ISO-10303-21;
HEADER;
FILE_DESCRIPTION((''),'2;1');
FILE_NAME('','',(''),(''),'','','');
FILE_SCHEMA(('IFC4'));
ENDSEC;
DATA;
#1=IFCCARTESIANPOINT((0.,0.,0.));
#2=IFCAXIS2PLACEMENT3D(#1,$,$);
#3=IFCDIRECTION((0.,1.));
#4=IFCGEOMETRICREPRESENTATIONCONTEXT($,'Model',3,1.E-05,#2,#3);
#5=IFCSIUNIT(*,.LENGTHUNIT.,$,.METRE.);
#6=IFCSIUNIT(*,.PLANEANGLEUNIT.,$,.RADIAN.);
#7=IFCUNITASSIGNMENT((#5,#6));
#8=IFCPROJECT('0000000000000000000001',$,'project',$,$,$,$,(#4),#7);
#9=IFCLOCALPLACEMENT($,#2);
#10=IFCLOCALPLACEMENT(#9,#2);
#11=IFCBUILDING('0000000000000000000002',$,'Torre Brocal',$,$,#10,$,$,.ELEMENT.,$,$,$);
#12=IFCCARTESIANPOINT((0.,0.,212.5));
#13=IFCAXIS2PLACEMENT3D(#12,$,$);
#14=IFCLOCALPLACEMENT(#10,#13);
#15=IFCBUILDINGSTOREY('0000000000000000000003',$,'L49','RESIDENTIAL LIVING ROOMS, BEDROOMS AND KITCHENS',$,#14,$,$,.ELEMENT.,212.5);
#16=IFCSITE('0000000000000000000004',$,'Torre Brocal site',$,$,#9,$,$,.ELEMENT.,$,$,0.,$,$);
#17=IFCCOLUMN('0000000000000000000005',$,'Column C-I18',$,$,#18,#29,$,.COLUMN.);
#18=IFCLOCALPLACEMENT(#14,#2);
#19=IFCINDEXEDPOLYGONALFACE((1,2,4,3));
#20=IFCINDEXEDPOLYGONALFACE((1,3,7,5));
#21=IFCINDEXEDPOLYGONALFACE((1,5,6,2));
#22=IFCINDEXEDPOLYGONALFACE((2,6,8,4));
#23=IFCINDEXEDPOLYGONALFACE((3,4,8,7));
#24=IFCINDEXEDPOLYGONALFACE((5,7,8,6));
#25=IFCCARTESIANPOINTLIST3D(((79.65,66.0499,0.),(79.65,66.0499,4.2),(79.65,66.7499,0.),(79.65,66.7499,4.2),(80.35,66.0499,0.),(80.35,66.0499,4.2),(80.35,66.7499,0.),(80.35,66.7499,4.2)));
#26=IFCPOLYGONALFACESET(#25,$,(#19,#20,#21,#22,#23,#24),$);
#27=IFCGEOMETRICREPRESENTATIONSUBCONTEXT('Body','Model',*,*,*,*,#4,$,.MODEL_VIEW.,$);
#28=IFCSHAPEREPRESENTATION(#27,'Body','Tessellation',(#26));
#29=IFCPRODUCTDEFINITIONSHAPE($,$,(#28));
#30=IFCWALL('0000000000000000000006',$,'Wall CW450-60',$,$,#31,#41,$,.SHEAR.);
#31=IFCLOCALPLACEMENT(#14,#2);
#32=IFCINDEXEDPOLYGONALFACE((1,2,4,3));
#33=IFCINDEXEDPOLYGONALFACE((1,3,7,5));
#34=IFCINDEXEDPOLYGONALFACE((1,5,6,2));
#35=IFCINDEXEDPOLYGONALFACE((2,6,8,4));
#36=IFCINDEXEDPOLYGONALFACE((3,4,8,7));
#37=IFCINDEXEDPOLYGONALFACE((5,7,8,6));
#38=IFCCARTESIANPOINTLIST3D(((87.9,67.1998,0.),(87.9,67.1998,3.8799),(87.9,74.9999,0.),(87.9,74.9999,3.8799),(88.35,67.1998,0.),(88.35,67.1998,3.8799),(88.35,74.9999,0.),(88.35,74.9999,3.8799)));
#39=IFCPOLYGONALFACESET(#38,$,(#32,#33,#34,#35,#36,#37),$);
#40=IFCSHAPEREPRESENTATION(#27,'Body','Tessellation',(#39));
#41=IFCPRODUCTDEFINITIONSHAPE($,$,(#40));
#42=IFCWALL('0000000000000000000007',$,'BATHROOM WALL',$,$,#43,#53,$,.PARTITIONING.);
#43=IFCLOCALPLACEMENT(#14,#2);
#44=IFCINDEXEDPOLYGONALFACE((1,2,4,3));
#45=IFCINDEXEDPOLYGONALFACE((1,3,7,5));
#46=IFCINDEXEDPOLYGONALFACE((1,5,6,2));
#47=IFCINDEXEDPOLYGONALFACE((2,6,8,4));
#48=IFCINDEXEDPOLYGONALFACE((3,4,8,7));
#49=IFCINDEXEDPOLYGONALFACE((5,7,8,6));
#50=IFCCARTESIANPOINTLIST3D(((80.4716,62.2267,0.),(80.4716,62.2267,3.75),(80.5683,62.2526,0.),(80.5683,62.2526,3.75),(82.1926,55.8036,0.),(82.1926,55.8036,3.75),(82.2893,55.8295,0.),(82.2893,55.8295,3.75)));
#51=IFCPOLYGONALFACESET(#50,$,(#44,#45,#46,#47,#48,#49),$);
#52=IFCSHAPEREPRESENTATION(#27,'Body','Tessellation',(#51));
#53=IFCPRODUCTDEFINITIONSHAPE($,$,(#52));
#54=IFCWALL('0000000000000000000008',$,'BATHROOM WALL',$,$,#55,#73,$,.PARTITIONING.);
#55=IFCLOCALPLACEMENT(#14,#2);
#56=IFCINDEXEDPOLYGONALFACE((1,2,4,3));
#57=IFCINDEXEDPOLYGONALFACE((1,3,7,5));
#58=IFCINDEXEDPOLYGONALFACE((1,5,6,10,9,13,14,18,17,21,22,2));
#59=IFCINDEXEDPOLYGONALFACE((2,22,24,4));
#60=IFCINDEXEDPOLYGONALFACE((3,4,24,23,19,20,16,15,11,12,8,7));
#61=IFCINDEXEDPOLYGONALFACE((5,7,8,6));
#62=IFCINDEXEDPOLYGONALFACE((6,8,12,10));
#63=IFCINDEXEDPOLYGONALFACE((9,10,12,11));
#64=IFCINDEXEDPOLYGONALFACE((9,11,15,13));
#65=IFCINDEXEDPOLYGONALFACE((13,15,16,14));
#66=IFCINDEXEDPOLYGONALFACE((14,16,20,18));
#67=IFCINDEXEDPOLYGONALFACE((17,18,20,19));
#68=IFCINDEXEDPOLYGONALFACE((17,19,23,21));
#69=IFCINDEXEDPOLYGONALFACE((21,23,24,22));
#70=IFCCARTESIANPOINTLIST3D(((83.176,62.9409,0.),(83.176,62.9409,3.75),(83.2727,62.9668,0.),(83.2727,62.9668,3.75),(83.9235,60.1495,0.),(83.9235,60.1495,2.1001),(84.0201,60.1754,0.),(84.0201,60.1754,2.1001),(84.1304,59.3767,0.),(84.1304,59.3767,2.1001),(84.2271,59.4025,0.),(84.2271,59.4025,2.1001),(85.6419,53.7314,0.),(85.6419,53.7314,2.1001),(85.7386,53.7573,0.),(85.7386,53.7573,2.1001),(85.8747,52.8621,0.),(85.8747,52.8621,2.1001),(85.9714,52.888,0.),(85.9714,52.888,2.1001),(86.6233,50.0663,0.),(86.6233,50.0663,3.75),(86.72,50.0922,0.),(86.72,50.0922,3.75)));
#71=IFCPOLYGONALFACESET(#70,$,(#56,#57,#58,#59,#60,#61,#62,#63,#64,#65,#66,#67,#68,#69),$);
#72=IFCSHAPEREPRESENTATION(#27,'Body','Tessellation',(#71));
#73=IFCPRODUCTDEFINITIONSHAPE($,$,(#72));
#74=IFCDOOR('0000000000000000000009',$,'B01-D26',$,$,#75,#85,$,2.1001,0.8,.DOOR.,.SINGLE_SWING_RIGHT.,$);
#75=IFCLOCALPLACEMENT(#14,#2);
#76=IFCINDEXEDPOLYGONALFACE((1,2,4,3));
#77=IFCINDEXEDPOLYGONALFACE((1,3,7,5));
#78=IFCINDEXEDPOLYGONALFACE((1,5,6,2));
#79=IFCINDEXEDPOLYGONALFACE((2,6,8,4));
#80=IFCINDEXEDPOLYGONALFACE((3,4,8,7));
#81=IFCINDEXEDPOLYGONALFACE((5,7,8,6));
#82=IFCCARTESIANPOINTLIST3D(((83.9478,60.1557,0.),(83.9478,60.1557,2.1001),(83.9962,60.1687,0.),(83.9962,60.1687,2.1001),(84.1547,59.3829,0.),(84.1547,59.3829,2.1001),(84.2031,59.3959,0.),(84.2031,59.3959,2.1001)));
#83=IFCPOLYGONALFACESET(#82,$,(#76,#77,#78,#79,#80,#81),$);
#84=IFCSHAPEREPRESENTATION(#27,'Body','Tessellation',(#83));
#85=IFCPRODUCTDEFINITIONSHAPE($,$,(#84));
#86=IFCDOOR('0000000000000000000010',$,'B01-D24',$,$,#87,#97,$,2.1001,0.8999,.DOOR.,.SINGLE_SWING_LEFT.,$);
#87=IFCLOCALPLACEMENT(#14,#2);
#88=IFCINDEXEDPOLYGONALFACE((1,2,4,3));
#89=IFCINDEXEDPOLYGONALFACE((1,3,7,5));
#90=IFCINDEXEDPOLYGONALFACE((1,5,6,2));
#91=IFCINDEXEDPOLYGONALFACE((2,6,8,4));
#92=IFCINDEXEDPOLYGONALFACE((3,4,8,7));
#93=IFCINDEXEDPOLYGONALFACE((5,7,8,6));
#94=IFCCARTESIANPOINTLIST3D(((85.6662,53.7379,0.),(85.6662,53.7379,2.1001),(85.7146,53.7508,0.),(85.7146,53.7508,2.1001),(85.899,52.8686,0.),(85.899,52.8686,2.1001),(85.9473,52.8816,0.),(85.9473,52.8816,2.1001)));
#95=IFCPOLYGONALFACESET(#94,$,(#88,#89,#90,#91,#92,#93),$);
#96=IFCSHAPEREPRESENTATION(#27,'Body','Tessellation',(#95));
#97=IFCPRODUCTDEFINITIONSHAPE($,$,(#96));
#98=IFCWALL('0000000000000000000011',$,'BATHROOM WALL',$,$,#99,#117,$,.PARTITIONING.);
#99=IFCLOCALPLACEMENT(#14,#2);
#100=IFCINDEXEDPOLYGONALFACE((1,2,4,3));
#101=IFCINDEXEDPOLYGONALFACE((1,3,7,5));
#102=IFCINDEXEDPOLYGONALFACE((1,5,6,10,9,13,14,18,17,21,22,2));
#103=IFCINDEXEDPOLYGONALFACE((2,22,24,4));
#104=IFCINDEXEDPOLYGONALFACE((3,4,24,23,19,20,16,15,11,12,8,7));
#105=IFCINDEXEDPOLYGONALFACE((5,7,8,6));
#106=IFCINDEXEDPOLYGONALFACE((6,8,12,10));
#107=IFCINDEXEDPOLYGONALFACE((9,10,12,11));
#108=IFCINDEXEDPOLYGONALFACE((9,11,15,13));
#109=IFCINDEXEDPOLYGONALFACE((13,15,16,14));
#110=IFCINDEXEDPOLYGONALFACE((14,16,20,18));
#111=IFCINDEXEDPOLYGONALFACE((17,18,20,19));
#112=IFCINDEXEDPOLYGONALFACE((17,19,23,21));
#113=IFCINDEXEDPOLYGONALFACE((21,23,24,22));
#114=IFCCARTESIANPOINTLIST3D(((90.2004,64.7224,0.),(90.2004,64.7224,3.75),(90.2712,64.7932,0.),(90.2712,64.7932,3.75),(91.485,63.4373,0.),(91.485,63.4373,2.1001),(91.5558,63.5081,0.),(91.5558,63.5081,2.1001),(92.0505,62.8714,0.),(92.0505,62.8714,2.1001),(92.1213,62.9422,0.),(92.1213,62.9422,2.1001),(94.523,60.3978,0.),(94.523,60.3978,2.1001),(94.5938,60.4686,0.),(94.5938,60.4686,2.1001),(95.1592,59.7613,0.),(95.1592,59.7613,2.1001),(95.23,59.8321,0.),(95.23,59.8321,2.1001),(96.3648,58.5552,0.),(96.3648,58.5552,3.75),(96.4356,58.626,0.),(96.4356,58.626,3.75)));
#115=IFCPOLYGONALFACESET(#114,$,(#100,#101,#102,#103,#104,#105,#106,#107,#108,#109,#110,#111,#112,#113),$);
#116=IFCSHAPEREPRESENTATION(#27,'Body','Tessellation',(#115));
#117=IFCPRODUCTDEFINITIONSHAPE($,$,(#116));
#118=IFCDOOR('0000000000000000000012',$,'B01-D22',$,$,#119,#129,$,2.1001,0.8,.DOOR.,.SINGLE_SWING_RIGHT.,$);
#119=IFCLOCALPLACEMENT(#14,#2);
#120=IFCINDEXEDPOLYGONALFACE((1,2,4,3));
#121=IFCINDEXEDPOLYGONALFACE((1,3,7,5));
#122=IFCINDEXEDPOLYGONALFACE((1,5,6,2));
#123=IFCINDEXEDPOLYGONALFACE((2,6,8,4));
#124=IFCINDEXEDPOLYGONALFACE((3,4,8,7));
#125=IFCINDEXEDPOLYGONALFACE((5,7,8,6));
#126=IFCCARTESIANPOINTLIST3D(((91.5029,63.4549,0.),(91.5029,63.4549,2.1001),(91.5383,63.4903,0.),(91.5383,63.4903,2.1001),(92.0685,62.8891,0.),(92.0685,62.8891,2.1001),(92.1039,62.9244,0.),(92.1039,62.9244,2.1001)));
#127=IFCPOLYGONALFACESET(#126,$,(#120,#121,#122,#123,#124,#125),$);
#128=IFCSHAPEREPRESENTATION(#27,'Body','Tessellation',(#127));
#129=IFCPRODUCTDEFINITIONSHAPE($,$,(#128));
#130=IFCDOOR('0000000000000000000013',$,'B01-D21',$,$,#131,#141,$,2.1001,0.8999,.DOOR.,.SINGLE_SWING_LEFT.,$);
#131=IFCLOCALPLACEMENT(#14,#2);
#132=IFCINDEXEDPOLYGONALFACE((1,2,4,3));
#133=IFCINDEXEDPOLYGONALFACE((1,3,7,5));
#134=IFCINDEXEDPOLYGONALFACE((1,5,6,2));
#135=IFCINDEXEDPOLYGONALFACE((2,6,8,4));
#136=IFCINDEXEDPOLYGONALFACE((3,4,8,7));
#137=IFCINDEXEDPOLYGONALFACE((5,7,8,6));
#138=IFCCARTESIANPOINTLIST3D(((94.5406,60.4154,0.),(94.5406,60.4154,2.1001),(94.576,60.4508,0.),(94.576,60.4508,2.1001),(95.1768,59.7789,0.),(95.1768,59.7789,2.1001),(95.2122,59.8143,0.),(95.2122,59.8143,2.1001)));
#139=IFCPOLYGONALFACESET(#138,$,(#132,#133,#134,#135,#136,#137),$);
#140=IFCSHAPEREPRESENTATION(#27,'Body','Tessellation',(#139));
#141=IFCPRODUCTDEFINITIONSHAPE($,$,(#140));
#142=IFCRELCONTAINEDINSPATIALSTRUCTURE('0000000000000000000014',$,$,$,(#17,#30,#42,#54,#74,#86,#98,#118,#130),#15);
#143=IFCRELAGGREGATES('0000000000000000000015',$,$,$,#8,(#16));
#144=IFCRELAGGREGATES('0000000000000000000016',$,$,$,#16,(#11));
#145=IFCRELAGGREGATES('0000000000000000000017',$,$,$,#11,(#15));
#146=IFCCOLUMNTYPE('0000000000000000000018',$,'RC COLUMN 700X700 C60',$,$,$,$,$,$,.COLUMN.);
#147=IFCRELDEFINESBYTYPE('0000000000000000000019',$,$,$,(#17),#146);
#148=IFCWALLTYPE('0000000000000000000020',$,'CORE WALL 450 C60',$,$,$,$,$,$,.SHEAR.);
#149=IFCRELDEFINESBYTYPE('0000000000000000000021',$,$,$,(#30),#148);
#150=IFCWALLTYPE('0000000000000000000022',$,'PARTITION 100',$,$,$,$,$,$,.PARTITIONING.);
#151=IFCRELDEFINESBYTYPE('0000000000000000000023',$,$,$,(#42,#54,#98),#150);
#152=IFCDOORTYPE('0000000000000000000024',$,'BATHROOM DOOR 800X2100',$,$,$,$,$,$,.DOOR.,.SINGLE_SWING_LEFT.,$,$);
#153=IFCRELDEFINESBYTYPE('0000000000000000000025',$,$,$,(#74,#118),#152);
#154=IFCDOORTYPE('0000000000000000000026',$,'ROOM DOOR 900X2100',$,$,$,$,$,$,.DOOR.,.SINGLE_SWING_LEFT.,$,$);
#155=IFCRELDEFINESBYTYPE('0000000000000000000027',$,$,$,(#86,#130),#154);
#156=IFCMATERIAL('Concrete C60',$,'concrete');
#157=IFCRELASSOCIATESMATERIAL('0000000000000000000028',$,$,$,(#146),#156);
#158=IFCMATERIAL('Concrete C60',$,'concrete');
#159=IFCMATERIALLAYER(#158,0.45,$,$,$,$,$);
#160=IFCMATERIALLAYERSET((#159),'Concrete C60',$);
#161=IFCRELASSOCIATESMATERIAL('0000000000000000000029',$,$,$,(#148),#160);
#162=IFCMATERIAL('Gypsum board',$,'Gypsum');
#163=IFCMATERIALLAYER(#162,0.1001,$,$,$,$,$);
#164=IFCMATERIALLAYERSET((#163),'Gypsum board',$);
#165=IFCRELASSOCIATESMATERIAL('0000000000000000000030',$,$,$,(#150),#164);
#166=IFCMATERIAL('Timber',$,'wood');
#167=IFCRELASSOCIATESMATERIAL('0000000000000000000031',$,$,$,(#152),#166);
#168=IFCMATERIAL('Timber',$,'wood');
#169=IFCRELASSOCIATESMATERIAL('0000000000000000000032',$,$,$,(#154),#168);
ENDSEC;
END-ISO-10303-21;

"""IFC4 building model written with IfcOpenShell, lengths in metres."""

from ifc_helpers import new_model, si_unit, direction, frame, frame_2d, origin, origin_2d, place, context, subcontext, project, spatial, rectangle, extrude, material, layer, layer_set, material_profile, profile_set, type_object, element, fill, save


model = new_model("IFC4")

# Units and contexts
model_context = context("Model", 3, precision=1e-05, world=origin(), true_north=direction((0.0, 1.0)))
body_context = subcontext(model_context, "Body", "Model", "MODEL_VIEW")
ifc_project = project(units=[si_unit("LENGTHUNIT", "METRE"), si_unit("PLANEANGLEUNIT", "RADIAN")], contexts=[model_context])

# Site, building, storey
site_placement = place(None, origin())
site = spatial("IfcSite", under=ifc_project, at=site_placement, Name="Torre Brocal site", CompositionType="ELEMENT", RefElevation=0.0)
building_placement = place(site_placement, origin())
building = spatial("IfcBuilding", under=site, at=building_placement, Name="Torre Brocal", CompositionType="ELEMENT")
storey_placement = place(building_placement, frame((0.0, 0.0, 212.5)))
storey = spatial("IfcBuildingStorey", under=building, at=storey_placement, Name="L49", Description="RESIDENTIAL LIVING ROOMS, BEDROOMS AND KITCHENS", CompositionType="ELEMENT", Elevation=212.5)

# Column
ifc_material_1 = material(Name="Concrete C60", Category="concrete")
ifc_material_profile = material_profile(ifc_material_1, rectangle(XDim=0.7, YDim=0.7, at=origin_2d()), Name="RC 700X700")
ifc_profile_set = profile_set([ifc_material_profile], Name="Concrete C60")
column_type = type_object("IfcColumnType", Name="RC COLUMN 700X700 C60", PredefinedType="COLUMN", material=ifc_profile_set)
column_placement = place(storey_placement, frame((80.0, 66.3999, 0.0), z_axis=(0.0, 0.0, 1.0), x_axis=(0.0, -1.0, 0.0)))
element("IfcColumn", 1, at=column_placement, inside=storey, type_object=column_type, Name="Column C-I18", PredefinedType="COLUMN", context=body_context, shape_type="SweptSolid", body=[
    extrude(rectangle(XDim=0.7, YDim=0.7, at=origin_2d()), origin(), (0.0, 0.0, 1.0), 4.2),
])

# Wall
ifc_material_2 = material(Name="Concrete C60", Category="concrete")
ifc_layer_1 = layer(ifc_material_2, 0.45)
ifc_layer_set_1 = layer_set([ifc_layer_1], Name="Concrete C60")
wall_type_1 = type_object("IfcWallType", Name="CORE WALL 450 C60", PredefinedType="SHEAR", material=ifc_layer_set_1)
wall_1_placement = place(storey_placement, frame((88.125, 67.2, 0.0), z_axis=(0.0, 0.0, 1.0), x_axis=(0.0, 1.0, 0.0)))
element("IfcWall", 2, at=wall_1_placement, inside=storey, type_object=wall_type_1, Name="Wall CW450-60", PredefinedType="SHEAR", context=body_context, shape_type="SweptSolid", body=[
    extrude(rectangle(XDim=7.8, YDim=0.45, at=frame_2d((3.8999, 0.0))), origin(), (0.0, 0.0, 1.0), 3.8799),
])

# Wall
ifc_material_3 = material(Name="Gypsum board", Category="Gypsum")
ifc_layer_2 = layer(ifc_material_3, 0.1001)
ifc_layer_set_2 = layer_set([ifc_layer_2], Name="Gypsum board")
wall_type_2 = type_object("IfcWallType", Name="PARTITION 100", PredefinedType="PARTITIONING", material=ifc_layer_set_2)
wall_2_placement = place(storey_placement, frame((80.52, 62.2395, 0.0), z_axis=(0.0, 0.0, 1.0), x_axis=(0.258803, -0.96593, 0.0)))
element("IfcWall", 3, at=wall_2_placement, inside=storey, type_object=wall_type_2, Name="BATHROOM WALL", PredefinedType="PARTITIONING", context=body_context, shape_type="SweptSolid", body=[
    extrude(rectangle(XDim=6.6497, YDim=0.1001, at=frame_2d((3.3247, 0.0))), origin(), (0.0, 0.0, 1.0), 3.75),
])

# Walls, openings, doors
wall_3_placement = place(storey_placement, frame((83.2244, 62.9539, 0.0), z_axis=(0.0, 0.0, 1.0), x_axis=(0.258648, -0.965972, 0.0)))
wall_3 = element("IfcWall", 4, at=wall_3_placement, inside=storey, type_object=wall_type_2, Name="BATHROOM WALL", PredefinedType="PARTITIONING", context=body_context, shape_type="SweptSolid", body=[
    extrude(rectangle(XDim=13.3281, YDim=0.1001, at=frame_2d((6.6641, 0.0))), origin(), (0.0, 0.0, 1.0), 3.75),
])
opening_1_placement = place(wall_3_placement, frame((9.5339, 0.0, 0.0)))
opening_1 = element("IfcOpeningElement", 5, at=opening_1_placement, cuts=wall_3, PredefinedType="OPENING", context=body_context, shape_type="SweptSolid", body=[
    extrude(rectangle(XDim=0.8999, YDim=2.1001, at=frame_2d((0.45, 1.05))), frame((0.0, 0.0601, 0.0), z_axis=(0.0, -1.0, 0.0), x_axis=(1.0, 0.0, 0.0)), (0.0, 0.0, 1.0), 0.1201),
])
opening_2_placement = place(wall_3_placement, frame((2.8899, 0.0, 0.0)))
opening_2 = element("IfcOpeningElement", 6, at=opening_2_placement, cuts=wall_3, PredefinedType="OPENING", context=body_context, shape_type="SweptSolid", body=[
    extrude(rectangle(XDim=0.8, YDim=2.1001, at=frame_2d((0.3999, 1.05))), frame((0.0, 0.0601, 0.0), z_axis=(0.0, -1.0, 0.0), x_axis=(1.0, 0.0, 0.0)), (0.0, 0.0, 1.0), 0.1201),
])
ifc_material_4 = material(Name="Timber", Category="wood")
door_type_1 = type_object("IfcDoorType", Name="BATHROOM DOOR 800X2100", OperationType="SINGLE_SWING_LEFT", PredefinedType="DOOR", material=ifc_material_4)
door_1_placement = place(opening_2_placement, frame((0.8, 0.0, 0.0), z_axis=(0.0, 0.0, 1.0), x_axis=(-1.0, 0.0, 0.0)))
door_1 = element("IfcDoor", 7, at=door_1_placement, inside=storey, type_object=door_type_1, Name="B01-D26", OperationType="SINGLE_SWING_RIGHT", OverallHeight=2.1001, OverallWidth=0.8, PredefinedType="DOOR", context=body_context, shape_type="SweptSolid", body=[
    extrude(rectangle(XDim=0.8, YDim=2.1001, at=frame_2d((0.3999, 1.05))), frame((0.0, 0.0249, 0.0), z_axis=(0.0, -1.0, 0.0), x_axis=(1.0, 0.0, 0.0)), (0.0, 0.0, 1.0), 0.05),
])
fill(opening_2, door_1)
ifc_material_5 = material(Name="Timber", Category="wood")
door_type_2 = type_object("IfcDoorType", Name="ROOM DOOR 900X2100", OperationType="SINGLE_SWING_LEFT", PredefinedType="DOOR", material=ifc_material_5)
door_2_placement = place(opening_1_placement, frame((0.8999, 0.0, 0.0), z_axis=(0.0, 0.0, 1.0), x_axis=(-1.0, 0.0, 0.0)))
door_2 = element("IfcDoor", 8, at=door_2_placement, inside=storey, type_object=door_type_2, Name="B01-D24", OperationType="SINGLE_SWING_LEFT", OverallHeight=2.1001, OverallWidth=0.8999, PredefinedType="DOOR", context=body_context, shape_type="SweptSolid", body=[
    extrude(rectangle(XDim=0.8999, YDim=2.1001, at=frame_2d((0.45, 1.05))), frame((0.0, 0.0249, 0.0), z_axis=(0.0, -1.0, 0.0), x_axis=(1.0, 0.0, 0.0)), (0.0, 0.0, 1.0), 0.05),
])
fill(opening_1, door_2)
wall_4_placement = place(storey_placement, frame((90.2358, 64.7578, 0.0), z_axis=(0.0, 0.0, 1.0), x_axis=(0.706939, -0.707275, 0.0)))
wall_4 = element("IfcWall", 9, at=wall_4_placement, inside=storey, type_object=wall_type_2, Name="BATHROOM WALL", PredefinedType="PARTITIONING", context=body_context, shape_type="SweptSolid", body=[
    extrude(rectangle(XDim=8.7197, YDim=0.1001, at=frame_2d((4.3599, 0.0))), origin(), (0.0, 0.0, 1.0), 3.75),
])
opening_3_placement = place(wall_4_placement, frame((6.1145, 0.0, 0.0)))
opening_3 = element("IfcOpeningElement", 10, at=opening_3_placement, cuts=wall_4, PredefinedType="OPENING", context=body_context, shape_type="SweptSolid", body=[
    extrude(rectangle(XDim=0.8999, YDim=2.1001, at=frame_2d((0.45, 1.05))), frame((0.0, 0.0601, 0.0), z_axis=(0.0, -1.0, 0.0), x_axis=(1.0, 0.0, 0.0)), (0.0, 0.0, 1.0), 0.1201),
])
opening_4_placement = place(wall_4_placement, frame((1.8171, 0.0, 0.0)))
opening_4 = element("IfcOpeningElement", 11, at=opening_4_placement, cuts=wall_4, PredefinedType="OPENING", context=body_context, shape_type="SweptSolid", body=[
    extrude(rectangle(XDim=0.8, YDim=2.1001, at=frame_2d((0.3999, 1.05))), frame((0.0, 0.0601, 0.0), z_axis=(0.0, -1.0, 0.0), x_axis=(1.0, 0.0, 0.0)), (0.0, 0.0, 1.0), 0.1201),
])
door_3_placement = place(opening_4_placement, frame((0.8, 0.0, 0.0), z_axis=(0.0, 0.0, 1.0), x_axis=(-1.0, 0.0, 0.0)))
door_3 = element("IfcDoor", 12, at=door_3_placement, inside=storey, type_object=door_type_1, Name="B01-D22", OperationType="SINGLE_SWING_RIGHT", OverallHeight=2.1001, OverallWidth=0.8, PredefinedType="DOOR", context=body_context, shape_type="SweptSolid", body=[
    extrude(rectangle(XDim=0.8, YDim=2.1001, at=frame_2d((0.3999, 1.05))), frame((0.0, 0.0249, 0.0), z_axis=(0.0, -1.0, 0.0), x_axis=(1.0, 0.0, 0.0)), (0.0, 0.0, 1.0), 0.05),
])
fill(opening_4, door_3)
door_4_placement = place(opening_3_placement, origin())
door_4 = element("IfcDoor", 13, at=door_4_placement, inside=storey, type_object=door_type_2, Name="B01-D21", OperationType="SINGLE_SWING_LEFT", OverallHeight=2.1001, OverallWidth=0.8999, PredefinedType="DOOR", context=body_context, shape_type="SweptSolid", body=[
    extrude(rectangle(XDim=0.8999, YDim=2.1001, at=frame_2d((0.45, 1.05))), frame((0.0, 0.0249, 0.0), z_axis=(0.0, -1.0, 0.0), x_axis=(1.0, 0.0, 0.0)), (0.0, 0.0, 1.0), 0.05),
])
fill(opening_3, door_4)

save(model, "model.ifc")
